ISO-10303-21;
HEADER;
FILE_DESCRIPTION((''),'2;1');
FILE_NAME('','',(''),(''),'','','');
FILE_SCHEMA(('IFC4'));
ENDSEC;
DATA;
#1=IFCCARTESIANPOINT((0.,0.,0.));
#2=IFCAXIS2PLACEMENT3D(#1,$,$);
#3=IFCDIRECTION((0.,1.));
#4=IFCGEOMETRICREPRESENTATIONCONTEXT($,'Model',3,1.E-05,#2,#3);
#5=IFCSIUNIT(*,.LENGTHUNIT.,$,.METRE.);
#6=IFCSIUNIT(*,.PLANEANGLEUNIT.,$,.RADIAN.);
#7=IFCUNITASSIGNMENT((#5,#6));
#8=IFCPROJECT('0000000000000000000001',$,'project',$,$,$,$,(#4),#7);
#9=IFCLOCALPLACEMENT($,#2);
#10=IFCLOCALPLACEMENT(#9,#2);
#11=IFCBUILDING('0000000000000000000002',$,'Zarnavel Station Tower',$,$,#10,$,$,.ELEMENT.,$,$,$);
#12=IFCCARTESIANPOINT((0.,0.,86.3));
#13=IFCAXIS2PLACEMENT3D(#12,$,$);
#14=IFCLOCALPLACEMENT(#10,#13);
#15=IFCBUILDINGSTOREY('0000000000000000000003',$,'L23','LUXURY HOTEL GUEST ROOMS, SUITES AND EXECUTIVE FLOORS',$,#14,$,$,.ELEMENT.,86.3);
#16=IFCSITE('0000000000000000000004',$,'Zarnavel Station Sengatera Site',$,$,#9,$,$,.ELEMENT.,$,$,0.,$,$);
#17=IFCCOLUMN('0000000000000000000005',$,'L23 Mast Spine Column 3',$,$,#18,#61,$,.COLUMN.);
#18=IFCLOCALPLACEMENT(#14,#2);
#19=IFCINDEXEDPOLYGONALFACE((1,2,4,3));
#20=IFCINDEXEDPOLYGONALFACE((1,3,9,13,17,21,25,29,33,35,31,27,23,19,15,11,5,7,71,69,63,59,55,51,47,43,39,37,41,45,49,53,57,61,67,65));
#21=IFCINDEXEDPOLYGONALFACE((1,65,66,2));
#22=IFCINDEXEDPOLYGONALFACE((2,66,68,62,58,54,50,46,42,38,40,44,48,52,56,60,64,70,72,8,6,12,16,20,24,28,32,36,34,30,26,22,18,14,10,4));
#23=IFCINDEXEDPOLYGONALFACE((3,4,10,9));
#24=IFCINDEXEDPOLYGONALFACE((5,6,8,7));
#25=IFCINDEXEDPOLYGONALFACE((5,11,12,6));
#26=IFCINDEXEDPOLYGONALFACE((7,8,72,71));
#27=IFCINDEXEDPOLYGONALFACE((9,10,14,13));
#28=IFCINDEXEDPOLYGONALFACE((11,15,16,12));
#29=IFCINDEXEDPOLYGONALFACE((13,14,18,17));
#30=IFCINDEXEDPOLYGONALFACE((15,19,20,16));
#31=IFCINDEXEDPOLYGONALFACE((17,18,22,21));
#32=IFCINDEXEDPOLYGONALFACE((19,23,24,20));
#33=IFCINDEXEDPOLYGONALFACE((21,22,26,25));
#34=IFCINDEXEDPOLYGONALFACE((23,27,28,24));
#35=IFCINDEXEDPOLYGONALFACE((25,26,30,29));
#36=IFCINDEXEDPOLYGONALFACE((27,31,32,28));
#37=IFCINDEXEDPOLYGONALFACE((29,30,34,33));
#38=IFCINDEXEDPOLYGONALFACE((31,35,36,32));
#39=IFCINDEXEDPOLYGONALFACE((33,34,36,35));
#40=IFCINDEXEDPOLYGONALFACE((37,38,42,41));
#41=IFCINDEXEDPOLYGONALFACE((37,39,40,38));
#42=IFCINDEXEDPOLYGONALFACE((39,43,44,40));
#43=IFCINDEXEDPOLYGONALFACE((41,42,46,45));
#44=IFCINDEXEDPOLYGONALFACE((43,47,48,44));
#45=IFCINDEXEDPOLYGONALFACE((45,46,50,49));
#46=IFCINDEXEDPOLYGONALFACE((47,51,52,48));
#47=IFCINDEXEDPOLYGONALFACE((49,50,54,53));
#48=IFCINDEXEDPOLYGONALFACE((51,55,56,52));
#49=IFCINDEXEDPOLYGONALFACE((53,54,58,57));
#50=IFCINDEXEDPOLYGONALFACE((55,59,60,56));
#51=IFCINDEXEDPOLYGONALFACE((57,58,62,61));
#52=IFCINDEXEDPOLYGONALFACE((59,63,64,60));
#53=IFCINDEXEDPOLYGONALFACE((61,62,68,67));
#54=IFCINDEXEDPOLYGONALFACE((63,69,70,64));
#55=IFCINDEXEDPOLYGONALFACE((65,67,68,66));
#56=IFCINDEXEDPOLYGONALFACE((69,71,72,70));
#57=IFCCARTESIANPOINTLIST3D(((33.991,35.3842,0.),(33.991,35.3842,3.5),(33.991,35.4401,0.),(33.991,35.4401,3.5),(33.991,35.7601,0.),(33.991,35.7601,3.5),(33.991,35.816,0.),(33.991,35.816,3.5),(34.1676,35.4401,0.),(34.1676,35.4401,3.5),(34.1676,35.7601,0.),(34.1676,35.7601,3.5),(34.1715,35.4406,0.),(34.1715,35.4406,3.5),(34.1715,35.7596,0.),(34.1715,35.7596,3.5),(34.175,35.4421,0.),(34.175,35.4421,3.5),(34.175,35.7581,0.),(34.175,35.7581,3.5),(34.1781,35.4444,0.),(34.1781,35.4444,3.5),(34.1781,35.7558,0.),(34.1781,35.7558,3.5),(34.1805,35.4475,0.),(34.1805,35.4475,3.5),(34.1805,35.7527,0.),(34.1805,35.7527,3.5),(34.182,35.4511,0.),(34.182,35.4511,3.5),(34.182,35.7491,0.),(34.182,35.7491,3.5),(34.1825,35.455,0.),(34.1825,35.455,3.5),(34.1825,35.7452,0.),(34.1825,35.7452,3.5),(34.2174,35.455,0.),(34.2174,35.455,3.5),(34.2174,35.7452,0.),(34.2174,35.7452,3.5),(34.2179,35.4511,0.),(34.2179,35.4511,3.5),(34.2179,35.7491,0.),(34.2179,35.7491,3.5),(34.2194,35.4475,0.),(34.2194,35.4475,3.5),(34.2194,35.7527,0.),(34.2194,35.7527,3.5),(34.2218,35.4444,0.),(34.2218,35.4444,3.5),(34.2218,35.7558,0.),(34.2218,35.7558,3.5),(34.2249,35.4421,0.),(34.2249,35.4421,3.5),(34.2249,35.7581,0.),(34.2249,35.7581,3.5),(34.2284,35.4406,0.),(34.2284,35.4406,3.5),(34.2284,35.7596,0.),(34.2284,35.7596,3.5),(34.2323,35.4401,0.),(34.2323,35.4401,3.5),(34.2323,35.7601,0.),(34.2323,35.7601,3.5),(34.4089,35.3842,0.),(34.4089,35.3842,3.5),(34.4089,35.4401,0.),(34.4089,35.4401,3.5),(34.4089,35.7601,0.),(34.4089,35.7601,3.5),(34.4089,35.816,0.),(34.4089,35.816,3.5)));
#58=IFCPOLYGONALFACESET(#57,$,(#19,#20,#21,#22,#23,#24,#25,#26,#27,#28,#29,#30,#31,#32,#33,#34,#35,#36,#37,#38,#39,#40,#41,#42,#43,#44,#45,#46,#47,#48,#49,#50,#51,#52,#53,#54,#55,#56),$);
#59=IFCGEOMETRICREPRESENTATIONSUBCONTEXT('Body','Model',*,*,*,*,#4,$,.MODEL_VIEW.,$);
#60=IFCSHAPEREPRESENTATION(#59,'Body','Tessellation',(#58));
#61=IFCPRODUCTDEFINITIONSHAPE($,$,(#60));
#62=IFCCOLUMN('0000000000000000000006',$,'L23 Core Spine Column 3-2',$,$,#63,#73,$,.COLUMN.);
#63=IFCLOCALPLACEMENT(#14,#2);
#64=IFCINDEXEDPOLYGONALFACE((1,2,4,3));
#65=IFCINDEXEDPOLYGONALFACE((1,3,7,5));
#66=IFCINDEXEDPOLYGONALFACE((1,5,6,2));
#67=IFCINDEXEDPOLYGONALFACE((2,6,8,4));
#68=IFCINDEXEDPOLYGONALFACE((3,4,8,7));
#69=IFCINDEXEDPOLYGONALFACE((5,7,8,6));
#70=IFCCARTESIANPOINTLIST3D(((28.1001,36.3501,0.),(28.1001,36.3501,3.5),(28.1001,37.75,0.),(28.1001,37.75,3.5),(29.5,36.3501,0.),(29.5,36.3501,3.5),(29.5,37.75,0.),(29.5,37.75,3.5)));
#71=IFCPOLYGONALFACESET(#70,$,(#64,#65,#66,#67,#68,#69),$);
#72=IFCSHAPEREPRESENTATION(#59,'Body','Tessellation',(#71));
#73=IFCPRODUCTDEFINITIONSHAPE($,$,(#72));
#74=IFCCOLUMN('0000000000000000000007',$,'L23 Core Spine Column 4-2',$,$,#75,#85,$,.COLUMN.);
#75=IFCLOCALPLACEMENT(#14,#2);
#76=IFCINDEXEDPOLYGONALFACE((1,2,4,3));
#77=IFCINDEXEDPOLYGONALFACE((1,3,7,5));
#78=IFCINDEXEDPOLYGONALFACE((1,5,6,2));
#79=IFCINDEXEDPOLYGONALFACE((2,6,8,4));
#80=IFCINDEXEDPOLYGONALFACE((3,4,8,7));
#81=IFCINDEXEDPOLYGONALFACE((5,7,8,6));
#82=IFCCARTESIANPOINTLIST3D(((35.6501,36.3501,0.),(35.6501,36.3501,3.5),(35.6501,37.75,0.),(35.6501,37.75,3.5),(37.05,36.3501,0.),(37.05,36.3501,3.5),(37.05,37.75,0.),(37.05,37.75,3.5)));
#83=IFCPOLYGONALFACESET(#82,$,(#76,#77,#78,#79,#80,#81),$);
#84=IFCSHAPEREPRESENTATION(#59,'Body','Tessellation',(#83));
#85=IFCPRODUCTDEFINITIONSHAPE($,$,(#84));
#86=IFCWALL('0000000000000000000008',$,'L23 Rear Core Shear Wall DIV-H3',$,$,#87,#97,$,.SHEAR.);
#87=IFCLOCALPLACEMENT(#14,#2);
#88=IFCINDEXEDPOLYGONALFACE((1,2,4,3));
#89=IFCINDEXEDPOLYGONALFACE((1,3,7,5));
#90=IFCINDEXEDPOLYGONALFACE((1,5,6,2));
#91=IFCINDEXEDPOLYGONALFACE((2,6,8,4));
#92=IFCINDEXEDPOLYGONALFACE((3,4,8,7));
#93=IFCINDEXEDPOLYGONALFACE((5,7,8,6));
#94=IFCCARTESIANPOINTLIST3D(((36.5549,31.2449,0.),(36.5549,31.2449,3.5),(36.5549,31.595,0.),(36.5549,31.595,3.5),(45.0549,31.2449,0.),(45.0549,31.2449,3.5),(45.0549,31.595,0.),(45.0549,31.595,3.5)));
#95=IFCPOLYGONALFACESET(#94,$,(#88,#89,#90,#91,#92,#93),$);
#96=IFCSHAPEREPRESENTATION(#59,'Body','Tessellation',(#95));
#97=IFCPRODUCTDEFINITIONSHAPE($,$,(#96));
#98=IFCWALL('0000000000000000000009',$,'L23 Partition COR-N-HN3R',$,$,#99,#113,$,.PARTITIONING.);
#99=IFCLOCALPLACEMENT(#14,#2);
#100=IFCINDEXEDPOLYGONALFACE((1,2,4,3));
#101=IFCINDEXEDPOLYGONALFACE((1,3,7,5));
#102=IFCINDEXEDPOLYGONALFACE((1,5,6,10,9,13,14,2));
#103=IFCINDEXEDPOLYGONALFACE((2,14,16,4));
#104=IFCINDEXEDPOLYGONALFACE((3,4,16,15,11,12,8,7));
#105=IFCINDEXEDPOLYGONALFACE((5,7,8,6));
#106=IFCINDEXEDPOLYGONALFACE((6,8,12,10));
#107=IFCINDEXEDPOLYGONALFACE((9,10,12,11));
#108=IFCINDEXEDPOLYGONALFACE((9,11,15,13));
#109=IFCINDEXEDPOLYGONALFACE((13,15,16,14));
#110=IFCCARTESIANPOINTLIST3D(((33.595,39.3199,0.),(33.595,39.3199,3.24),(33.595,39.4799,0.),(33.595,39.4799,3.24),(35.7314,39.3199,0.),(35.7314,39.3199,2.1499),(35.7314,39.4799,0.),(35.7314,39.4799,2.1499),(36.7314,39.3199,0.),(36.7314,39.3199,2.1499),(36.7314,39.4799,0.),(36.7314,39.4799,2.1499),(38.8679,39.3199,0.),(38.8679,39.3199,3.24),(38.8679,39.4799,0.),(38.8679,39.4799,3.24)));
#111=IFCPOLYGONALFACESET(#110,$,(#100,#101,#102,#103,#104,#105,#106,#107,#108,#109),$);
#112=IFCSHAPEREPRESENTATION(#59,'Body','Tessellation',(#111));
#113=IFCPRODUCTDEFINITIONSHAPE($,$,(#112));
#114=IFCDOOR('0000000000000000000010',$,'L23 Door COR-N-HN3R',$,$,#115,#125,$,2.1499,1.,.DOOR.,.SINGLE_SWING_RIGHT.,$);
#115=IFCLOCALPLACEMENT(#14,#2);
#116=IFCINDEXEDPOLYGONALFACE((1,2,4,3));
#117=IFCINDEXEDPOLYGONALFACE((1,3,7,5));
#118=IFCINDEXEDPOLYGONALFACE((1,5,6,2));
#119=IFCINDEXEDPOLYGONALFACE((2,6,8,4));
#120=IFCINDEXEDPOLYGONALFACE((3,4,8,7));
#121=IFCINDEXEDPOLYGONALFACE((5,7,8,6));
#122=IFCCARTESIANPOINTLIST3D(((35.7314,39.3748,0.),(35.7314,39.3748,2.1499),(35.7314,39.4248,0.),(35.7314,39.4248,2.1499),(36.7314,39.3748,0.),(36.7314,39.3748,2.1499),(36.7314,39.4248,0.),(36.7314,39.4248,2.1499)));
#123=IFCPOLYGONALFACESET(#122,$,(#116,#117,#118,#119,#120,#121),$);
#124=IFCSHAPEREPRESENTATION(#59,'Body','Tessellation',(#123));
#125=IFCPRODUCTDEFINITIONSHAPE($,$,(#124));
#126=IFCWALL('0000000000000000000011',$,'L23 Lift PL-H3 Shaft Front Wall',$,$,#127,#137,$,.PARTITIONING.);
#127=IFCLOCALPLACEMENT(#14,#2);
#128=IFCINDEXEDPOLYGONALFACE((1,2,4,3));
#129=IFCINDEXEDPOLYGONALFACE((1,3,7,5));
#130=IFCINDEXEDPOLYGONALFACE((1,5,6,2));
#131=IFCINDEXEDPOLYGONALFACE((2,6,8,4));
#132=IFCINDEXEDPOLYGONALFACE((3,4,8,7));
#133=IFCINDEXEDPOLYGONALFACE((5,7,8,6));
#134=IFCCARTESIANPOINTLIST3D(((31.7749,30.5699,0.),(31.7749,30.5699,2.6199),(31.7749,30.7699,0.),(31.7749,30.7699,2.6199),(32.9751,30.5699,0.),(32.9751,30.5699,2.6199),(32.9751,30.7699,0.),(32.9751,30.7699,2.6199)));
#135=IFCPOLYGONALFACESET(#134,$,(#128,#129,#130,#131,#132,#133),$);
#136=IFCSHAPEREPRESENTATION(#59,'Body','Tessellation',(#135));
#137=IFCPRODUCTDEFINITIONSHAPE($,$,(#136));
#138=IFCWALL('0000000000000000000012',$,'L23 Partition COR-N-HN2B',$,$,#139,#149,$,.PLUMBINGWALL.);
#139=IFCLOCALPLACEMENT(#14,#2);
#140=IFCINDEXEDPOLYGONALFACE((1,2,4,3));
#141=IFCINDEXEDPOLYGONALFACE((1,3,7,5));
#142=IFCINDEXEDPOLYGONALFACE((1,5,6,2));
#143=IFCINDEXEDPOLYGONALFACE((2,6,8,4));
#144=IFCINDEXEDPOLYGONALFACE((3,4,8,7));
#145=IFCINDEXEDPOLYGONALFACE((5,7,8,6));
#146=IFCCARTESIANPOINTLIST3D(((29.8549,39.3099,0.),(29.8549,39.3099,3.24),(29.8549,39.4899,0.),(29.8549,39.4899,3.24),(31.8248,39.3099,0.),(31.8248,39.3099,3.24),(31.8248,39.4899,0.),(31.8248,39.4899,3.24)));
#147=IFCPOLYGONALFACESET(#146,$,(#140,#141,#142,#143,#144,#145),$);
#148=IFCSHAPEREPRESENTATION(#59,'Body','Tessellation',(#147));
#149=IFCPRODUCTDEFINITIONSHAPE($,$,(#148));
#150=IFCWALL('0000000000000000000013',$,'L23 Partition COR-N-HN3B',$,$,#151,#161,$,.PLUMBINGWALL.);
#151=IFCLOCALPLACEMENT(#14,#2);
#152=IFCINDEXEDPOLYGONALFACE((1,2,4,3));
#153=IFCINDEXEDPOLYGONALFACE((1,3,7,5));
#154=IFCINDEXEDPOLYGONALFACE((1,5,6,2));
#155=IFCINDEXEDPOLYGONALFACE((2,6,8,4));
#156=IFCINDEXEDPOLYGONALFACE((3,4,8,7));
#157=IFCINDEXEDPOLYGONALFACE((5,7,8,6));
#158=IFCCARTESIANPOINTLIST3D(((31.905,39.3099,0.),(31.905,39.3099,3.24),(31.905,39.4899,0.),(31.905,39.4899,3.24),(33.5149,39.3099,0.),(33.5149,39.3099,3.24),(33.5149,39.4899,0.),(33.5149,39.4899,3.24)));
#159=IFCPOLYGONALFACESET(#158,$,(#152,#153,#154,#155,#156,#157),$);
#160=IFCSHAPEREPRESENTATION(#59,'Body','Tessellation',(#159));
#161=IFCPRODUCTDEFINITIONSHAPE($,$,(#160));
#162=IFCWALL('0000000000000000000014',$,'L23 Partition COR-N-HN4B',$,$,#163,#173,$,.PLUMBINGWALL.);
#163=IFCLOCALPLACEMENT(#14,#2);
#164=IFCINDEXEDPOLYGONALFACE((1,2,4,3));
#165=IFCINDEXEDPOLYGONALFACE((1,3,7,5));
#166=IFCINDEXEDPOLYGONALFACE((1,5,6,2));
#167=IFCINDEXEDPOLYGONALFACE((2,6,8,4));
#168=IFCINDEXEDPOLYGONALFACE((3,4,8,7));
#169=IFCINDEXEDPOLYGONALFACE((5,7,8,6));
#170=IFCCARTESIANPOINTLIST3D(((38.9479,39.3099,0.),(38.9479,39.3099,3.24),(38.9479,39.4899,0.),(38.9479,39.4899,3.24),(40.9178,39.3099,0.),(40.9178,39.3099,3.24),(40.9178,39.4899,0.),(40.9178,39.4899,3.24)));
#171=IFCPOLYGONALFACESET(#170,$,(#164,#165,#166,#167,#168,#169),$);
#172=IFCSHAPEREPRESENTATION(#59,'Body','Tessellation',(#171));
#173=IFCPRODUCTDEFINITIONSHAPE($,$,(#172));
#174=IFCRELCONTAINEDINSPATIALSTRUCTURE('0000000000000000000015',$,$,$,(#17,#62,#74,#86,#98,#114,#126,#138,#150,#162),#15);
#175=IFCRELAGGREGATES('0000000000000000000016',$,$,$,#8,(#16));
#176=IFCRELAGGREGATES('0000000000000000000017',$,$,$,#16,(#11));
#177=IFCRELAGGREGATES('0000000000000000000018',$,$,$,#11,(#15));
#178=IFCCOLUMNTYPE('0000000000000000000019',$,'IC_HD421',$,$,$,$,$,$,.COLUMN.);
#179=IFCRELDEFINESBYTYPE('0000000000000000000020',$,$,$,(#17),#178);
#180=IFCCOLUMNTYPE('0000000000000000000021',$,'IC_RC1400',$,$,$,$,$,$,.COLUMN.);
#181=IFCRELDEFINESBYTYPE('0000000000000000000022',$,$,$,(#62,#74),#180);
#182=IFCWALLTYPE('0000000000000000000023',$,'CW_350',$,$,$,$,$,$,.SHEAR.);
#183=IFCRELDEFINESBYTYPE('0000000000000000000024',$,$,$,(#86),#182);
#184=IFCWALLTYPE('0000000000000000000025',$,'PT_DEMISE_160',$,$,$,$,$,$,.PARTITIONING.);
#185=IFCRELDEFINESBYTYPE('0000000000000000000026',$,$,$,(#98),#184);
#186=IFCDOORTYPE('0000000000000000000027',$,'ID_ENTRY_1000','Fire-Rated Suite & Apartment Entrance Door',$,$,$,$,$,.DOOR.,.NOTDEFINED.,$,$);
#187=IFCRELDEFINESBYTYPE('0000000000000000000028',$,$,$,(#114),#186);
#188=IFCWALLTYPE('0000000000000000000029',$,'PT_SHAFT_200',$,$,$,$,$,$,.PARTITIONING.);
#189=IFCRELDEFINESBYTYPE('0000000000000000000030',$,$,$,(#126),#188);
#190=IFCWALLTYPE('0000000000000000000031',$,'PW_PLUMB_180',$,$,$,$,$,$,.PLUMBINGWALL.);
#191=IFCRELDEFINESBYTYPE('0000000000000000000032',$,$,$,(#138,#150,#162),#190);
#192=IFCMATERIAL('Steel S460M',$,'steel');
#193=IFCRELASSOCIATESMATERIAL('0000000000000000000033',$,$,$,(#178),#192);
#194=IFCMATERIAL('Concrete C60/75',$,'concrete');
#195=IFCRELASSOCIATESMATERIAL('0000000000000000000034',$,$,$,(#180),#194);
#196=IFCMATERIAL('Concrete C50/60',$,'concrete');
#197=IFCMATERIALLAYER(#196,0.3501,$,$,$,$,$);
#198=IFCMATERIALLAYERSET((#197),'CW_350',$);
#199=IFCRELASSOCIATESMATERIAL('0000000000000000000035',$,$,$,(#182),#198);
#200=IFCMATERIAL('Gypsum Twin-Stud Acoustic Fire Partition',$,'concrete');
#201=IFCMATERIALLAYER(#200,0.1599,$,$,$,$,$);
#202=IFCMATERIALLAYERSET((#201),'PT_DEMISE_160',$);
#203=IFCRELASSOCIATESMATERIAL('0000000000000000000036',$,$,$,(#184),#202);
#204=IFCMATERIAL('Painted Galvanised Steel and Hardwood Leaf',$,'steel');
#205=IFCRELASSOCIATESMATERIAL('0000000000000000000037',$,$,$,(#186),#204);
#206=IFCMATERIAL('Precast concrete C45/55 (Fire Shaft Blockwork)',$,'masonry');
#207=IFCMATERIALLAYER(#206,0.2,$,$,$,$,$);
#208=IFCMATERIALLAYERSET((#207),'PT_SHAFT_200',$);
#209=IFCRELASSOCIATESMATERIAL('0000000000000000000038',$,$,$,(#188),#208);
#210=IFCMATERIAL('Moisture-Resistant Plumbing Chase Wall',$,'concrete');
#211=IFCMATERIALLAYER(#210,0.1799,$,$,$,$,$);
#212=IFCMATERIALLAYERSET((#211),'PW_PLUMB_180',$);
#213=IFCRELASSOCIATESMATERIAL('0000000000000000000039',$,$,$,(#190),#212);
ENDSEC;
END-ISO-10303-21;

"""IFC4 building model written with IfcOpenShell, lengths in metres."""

from ifc_helpers import new_model, si_unit, direction, frame, frame_2d, origin, origin_2d, place, context, subcontext, project, spatial, rectangle, i_section, extrude, material, layer, layer_set, material_profile, profile_set, type_object, element, fill, save


model = new_model("IFC4")

# Units and contexts
model_context = context("Model", 3, precision=1e-05, world=origin(), true_north=direction((0.0, 1.0)))
body_context = subcontext(model_context, "Body", "Model", "MODEL_VIEW")
ifc_project = project(units=[si_unit("LENGTHUNIT", "METRE"), si_unit("PLANEANGLEUNIT", "RADIAN")], contexts=[model_context])

# Site, building, storey
site_placement = place(None, origin())
site = spatial("IfcSite", under=ifc_project, at=site_placement, Name="Zarnavel Station Sengatera Site", CompositionType="ELEMENT", RefElevation=0.0)
building_placement = place(site_placement, origin())
building = spatial("IfcBuilding", under=site, at=building_placement, Name="Zarnavel Station Tower", CompositionType="ELEMENT")
storey_placement = place(building_placement, frame((0.0, 0.0, 86.3)))
storey = spatial("IfcBuildingStorey", under=building, at=storey_placement, Name="L23", Description="LUXURY HOTEL GUEST ROOMS, SUITES AND EXECUTIVE FLOORS", CompositionType="ELEMENT", Elevation=86.3)

# Columns
ifc_material_1 = material(Name="Steel S460M", Category="steel")
ifc_material_profile_1 = material_profile(ifc_material_1, i_section(OverallWidth=0.418, OverallDepth=0.4319, WebThickness=0.0349, FlangeThickness=0.0559, FilletRadius=0.0149, at=origin_2d()), Name="HD400x421")
ifc_profile_set_1 = profile_set([ifc_material_profile_1], Name="Steel S460M")
column_type_1 = type_object("IfcColumnType", Name="IC_HD421", PredefinedType="COLUMN", material=ifc_profile_set_1)
column_placement = place(storey_placement, frame((34.2, 35.6001, 0.0), z_axis=(0.0, 0.0, 1.0), x_axis=(1.0, 0.0, 0.0)))
element("IfcColumn", 1, at=column_placement, inside=storey, type_object=column_type_1, Name="L23 Mast Spine Column 3", PredefinedType="COLUMN", context=body_context, shape_type="SweptSolid", body=[
    extrude(i_section(OverallWidth=0.418, OverallDepth=0.4319, WebThickness=0.0349, FlangeThickness=0.0559, FilletRadius=0.0149, at=origin_2d()), origin(), (0.0, 0.0, 1.0), 3.5),
])
ifc_material_2 = material(Name="Concrete C60/75", Category="concrete")
ifc_material_profile_2 = material_profile(ifc_material_2, rectangle(XDim=1.3999, YDim=1.3999, at=origin_2d()), Name="RC1400x1400")
ifc_profile_set_2 = profile_set([ifc_material_profile_2], Name="Concrete C60/75")
column_type_2 = type_object("IfcColumnType", Name="IC_RC1400", PredefinedType="COLUMN", material=ifc_profile_set_2)
for number, where, z_axis, x_axis, name in (
    (2, (28.8, 37.05, 0.0), (0.0, 0.0, 1.0), (1.0, 0.0, 0.0), "L23 Core Spine Column 3-2"),
    (3, (36.3501, 37.05, 0.0), (0.0, 0.0, 1.0), (1.0, 0.0, 0.0), "L23 Core Spine Column 4-2"),
):
    element("IfcColumn", number, at=place(storey_placement, frame(where, z_axis=z_axis, x_axis=x_axis)), inside=storey, type_object=column_type_2, Name=name, PredefinedType="COLUMN", context=body_context, shape_type="SweptSolid", body=[
        extrude(rectangle(XDim=1.3999, YDim=1.3999, at=origin_2d()), origin(), (0.0, 0.0, 1.0), 3.5),
    ])

# Wall
ifc_material_3 = material(Name="Concrete C50/60", Category="concrete")
ifc_layer_1 = layer(ifc_material_3, 0.3501)
ifc_layer_set_1 = layer_set([ifc_layer_1], Name="CW_350")
wall_type_1 = type_object("IfcWallType", Name="CW_350", PredefinedType="SHEAR", material=ifc_layer_set_1)
wall_1_placement = place(storey_placement, frame((36.5549, 31.4199, 0.0), z_axis=(0.0, 0.0, 1.0), x_axis=(1.0, 0.0, 0.0)))
element("IfcWall", 4, at=wall_1_placement, inside=storey, type_object=wall_type_1, Name="L23 Rear Core Shear Wall DIV-H3", PredefinedType="SHEAR", context=body_context, shape_type="SweptSolid", body=[
    extrude(rectangle(XDim=8.5, YDim=0.3501, at=frame_2d((4.25, 0.0))), origin(), (0.0, 0.0, 1.0), 3.5),
])

# Wall, opening, door
ifc_material_4 = material(Name="Gypsum Twin-Stud Acoustic Fire Partition", Category="concrete")
ifc_layer_2 = layer(ifc_material_4, 0.1599)
ifc_layer_set_2 = layer_set([ifc_layer_2], Name="PT_DEMISE_160")
wall_type_2 = type_object("IfcWallType", Name="PT_DEMISE_160", PredefinedType="PARTITIONING", material=ifc_layer_set_2)
wall_2_placement = place(storey_placement, frame((33.595, 39.3999, 0.0), z_axis=(0.0, 0.0, 1.0), x_axis=(1.0, 0.0, 0.0)))
wall_2 = element("IfcWall", 5, at=wall_2_placement, inside=storey, type_object=wall_type_2, Name="L23 Partition COR-N-HN3R", PredefinedType="PARTITIONING", context=body_context, shape_type="SweptSolid", body=[
    extrude(rectangle(XDim=5.2729, YDim=0.1599, at=frame_2d((2.6365, 0.0))), origin(), (0.0, 0.0, 1.0), 3.24),
])
opening_1_placement = place(wall_2_placement, frame((2.1365, 0.0, 0.0)))
opening_1 = element("IfcOpeningElement", 6, at=opening_1_placement, cuts=wall_2, PredefinedType="OPENING", context=body_context, shape_type="SweptSolid", body=[
    extrude(rectangle(XDim=1.0, YDim=2.1499, at=frame_2d((0.5, 1.075))), frame((0.0, 0.0898, 0.0), z_axis=(0.0, -1.0, 0.0), x_axis=(1.0, 0.0, 0.0)), (0.0, 0.0, 1.0), 0.1799),
])
ifc_material_5 = material(Name="Painted Galvanised Steel and Hardwood Leaf", Category="steel")
door_type_1 = type_object("IfcDoorType", Name="ID_ENTRY_1000", Description="Fire-Rated Suite & Apartment Entrance Door", OperationType="NOTDEFINED", PredefinedType="DOOR", material=ifc_material_5)
door_1_placement = place(opening_1_placement, origin())
door_1 = element("IfcDoor", 7, at=door_1_placement, inside=storey, type_object=door_type_1, Name="L23 Door COR-N-HN3R", OperationType="SINGLE_SWING_RIGHT", OverallHeight=2.1499, OverallWidth=1.0, PredefinedType="DOOR", context=body_context, shape_type="SweptSolid", body=[
    extrude(rectangle(XDim=1.0, YDim=2.1499, at=frame_2d((0.5, 1.075))), frame((0.0, 0.0249, 0.0), z_axis=(0.0, -1.0, 0.0), x_axis=(1.0, 0.0, 0.0)), (0.0, 0.0, 1.0), 0.05),
])
fill(opening_1, door_1)
ifc_material_6 = material(Name="Precast concrete C45/55 (Fire Shaft Blockwork)", Category="masonry")
ifc_layer_3 = layer(ifc_material_6, 0.2)
ifc_layer_set_3 = layer_set([ifc_layer_3], Name="PT_SHAFT_200")
wall_type_3 = type_object("IfcWallType", Name="PT_SHAFT_200", PredefinedType="PARTITIONING", material=ifc_layer_set_3)

# Wall
wall_3_placement = place(storey_placement, frame((31.7749, 30.6699, 0.0), z_axis=(0.0, 0.0, 1.0), x_axis=(1.0, 0.0, 0.0)))
element("IfcWall", 8, at=wall_3_placement, inside=storey, type_object=wall_type_3, Name="L23 Lift PL-H3 Shaft Front Wall", PredefinedType="PARTITIONING", context=body_context, shape_type="SweptSolid", body=[
    extrude(rectangle(XDim=1.2002, YDim=0.2, at=frame_2d((0.6001, 0.0))), origin(), (0.0, 0.0, 1.0), 2.6199),
])

# Walls
ifc_material_7 = material(Name="Moisture-Resistant Plumbing Chase Wall", Category="concrete")
ifc_layer_4 = layer(ifc_material_7, 0.1799)
ifc_layer_set_4 = layer_set([ifc_layer_4], Name="PW_PLUMB_180")
wall_type_4 = type_object("IfcWallType", Name="PW_PLUMB_180", PredefinedType="PLUMBINGWALL", material=ifc_layer_set_4)
wall_4_placement = place(storey_placement, frame((29.855, 39.3999, 0.0), z_axis=(0.0, 0.0, 1.0), x_axis=(1.0, 0.0, 0.0)))
element("IfcWall", 9, at=wall_4_placement, inside=storey, type_object=wall_type_4, Name="L23 Partition COR-N-HN2B", PredefinedType="PLUMBINGWALL", context=body_context, shape_type="SweptSolid", body=[
    extrude(rectangle(XDim=1.97, YDim=0.1799, at=frame_2d((0.9849, 0.0))), origin(), (0.0, 0.0, 1.0), 3.24),
])
wall_5_placement = place(storey_placement, frame((31.905, 39.3999, 0.0), z_axis=(0.0, 0.0, 1.0), x_axis=(1.0, 0.0, 0.0)))
element("IfcWall", 10, at=wall_5_placement, inside=storey, type_object=wall_type_4, Name="L23 Partition COR-N-HN3B", PredefinedType="PLUMBINGWALL", context=body_context, shape_type="SweptSolid", body=[
    extrude(rectangle(XDim=1.6099, YDim=0.1799, at=frame_2d((0.8049, 0.0))), origin(), (0.0, 0.0, 1.0), 3.24),
])
wall_6_placement = place(storey_placement, frame((38.948, 39.3999, 0.0), z_axis=(0.0, 0.0, 1.0), x_axis=(1.0, 0.0, 0.0)))
element("IfcWall", 11, at=wall_6_placement, inside=storey, type_object=wall_type_4, Name="L23 Partition COR-N-HN4B", PredefinedType="PLUMBINGWALL", context=body_context, shape_type="SweptSolid", body=[
    extrude(rectangle(XDim=1.97, YDim=0.1799, at=frame_2d((0.9849, 0.0))), origin(), (0.0, 0.0, 1.0), 3.24),
])

save(model, "model.ifc")
